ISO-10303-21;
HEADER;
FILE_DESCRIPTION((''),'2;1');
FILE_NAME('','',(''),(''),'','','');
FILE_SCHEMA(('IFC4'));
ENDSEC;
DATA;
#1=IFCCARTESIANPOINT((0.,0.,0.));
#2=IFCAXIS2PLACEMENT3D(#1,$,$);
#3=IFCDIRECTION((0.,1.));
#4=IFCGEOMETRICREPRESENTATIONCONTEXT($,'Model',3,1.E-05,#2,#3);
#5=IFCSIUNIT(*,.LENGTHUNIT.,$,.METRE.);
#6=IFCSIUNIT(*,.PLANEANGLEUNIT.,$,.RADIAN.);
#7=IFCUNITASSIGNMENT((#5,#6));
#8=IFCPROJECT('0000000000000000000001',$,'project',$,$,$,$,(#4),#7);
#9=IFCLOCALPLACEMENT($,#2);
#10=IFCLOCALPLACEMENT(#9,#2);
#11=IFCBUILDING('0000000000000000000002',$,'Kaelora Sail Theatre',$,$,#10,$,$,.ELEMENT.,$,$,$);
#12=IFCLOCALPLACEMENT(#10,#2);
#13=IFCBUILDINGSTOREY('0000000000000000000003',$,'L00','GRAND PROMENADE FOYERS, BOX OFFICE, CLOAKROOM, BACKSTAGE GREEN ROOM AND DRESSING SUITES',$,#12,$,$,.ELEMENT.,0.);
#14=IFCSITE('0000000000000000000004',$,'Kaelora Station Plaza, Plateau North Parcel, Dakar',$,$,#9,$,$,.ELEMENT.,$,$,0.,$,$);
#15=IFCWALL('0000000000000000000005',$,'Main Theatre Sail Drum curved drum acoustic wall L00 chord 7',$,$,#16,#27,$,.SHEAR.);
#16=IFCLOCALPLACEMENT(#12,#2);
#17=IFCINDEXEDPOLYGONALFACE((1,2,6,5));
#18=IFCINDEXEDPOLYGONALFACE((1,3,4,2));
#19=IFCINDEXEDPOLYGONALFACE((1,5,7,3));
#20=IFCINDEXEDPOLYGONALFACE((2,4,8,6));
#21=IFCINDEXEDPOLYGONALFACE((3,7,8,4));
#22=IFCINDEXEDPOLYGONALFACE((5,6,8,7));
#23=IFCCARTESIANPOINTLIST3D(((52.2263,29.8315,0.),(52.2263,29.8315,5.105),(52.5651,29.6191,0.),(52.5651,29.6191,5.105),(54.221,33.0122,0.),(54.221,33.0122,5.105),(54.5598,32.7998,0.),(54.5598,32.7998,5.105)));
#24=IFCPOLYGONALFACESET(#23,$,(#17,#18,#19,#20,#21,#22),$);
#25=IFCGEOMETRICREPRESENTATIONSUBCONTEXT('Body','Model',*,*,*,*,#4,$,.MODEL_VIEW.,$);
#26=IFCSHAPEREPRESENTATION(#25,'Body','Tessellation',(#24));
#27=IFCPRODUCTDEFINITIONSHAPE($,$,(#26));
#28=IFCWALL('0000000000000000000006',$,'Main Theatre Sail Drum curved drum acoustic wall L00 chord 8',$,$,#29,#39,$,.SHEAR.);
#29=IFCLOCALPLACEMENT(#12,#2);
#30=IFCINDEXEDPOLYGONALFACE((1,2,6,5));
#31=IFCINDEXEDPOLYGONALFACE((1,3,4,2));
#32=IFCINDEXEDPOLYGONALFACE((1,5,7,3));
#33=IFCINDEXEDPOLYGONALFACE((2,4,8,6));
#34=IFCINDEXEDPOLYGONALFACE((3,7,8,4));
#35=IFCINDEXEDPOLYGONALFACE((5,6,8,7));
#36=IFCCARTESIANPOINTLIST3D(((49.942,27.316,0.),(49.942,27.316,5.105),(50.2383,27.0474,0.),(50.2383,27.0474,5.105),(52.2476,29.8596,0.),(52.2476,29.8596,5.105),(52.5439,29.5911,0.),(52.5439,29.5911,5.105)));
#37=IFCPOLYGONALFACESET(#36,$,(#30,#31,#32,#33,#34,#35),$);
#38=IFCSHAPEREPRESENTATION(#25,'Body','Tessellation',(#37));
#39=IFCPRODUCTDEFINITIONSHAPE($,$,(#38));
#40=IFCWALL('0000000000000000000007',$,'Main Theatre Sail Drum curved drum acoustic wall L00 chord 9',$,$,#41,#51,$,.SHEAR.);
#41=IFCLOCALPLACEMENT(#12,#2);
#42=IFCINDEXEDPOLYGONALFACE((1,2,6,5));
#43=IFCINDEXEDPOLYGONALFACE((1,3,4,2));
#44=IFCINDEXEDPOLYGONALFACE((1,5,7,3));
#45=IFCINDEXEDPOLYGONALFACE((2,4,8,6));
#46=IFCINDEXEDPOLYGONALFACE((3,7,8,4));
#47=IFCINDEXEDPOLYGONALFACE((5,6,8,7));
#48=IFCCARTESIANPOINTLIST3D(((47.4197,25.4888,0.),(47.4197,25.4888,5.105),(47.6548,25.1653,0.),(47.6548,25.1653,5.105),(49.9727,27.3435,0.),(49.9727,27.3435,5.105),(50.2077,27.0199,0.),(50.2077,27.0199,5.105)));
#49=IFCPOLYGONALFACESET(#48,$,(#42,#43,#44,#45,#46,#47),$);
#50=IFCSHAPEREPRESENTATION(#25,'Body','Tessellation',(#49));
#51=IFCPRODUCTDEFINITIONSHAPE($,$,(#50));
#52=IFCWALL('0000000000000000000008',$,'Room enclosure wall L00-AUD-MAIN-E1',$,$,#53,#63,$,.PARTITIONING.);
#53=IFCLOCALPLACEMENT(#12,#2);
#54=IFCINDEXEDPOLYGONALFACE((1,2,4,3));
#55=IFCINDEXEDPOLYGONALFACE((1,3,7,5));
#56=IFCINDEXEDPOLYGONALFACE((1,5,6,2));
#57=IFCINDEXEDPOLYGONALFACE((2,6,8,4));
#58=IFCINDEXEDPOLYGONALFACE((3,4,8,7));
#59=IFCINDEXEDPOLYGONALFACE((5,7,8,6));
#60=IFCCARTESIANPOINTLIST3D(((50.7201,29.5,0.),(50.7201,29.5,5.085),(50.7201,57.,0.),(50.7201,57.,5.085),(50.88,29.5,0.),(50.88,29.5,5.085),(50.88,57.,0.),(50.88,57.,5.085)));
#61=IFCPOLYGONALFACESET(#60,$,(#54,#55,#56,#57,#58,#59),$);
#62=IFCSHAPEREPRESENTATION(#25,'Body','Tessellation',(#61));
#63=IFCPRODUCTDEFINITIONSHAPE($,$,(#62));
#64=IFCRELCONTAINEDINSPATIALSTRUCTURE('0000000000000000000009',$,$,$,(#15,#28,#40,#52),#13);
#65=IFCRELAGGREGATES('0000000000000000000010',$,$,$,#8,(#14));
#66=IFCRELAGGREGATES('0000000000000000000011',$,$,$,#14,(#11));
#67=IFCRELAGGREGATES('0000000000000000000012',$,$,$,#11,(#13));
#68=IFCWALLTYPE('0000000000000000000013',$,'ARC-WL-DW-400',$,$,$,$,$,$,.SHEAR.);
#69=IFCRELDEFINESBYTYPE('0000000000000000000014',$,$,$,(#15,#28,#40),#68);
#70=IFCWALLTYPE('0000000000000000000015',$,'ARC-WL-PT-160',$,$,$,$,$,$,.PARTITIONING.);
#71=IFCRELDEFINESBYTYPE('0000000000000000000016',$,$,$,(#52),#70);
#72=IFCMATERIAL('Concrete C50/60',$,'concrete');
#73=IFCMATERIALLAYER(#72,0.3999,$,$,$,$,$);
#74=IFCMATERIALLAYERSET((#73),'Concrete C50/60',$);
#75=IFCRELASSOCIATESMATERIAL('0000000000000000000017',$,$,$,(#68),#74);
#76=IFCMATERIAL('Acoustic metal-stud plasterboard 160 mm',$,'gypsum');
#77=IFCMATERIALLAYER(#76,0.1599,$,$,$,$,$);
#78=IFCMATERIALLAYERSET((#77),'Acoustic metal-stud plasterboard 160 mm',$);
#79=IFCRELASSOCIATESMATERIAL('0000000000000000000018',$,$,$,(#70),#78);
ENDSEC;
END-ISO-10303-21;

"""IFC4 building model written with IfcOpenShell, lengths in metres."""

from ifc_helpers import new_model, si_unit, direction, frame, frame_2d, origin, place, context, subcontext, project, spatial, rectangle, extrude, material, layer, layer_set, type_object, element, save


model = new_model("IFC4")

# Units and contexts
model_context = context("Model", 3, precision=1e-05, world=origin(), true_north=direction((0.0, 1.0)))
body_context = subcontext(model_context, "Body", "Model", "MODEL_VIEW")
ifc_project = project(units=[si_unit("LENGTHUNIT", "METRE"), si_unit("PLANEANGLEUNIT", "RADIAN")], contexts=[model_context])

# Site, building, storey
site_placement = place(None, origin())
site = spatial("IfcSite", under=ifc_project, at=site_placement, Name="Kaelora Station Plaza, Plateau North Parcel, Dakar", CompositionType="ELEMENT", RefElevation=0.0)
building_placement = place(site_placement, origin())
building = spatial("IfcBuilding", under=site, at=building_placement, Name="Kaelora Sail Theatre", CompositionType="ELEMENT")
storey_placement = place(building_placement, origin())
storey = spatial("IfcBuildingStorey", under=building, at=storey_placement, Name="L00", Description="GRAND PROMENADE FOYERS, BOX OFFICE, CLOAKROOM, BACKSTAGE GREEN ROOM AND DRESSING SUITES", CompositionType="ELEMENT", Elevation=0.0)

# Walls
ifc_material_1 = material(Name="Concrete C50/60", Category="concrete")
ifc_layer_1 = layer(ifc_material_1, 0.3999)
ifc_layer_set_1 = layer_set([ifc_layer_1], Name="Concrete C50/60")
wall_type_1 = type_object("IfcWallType", Name="ARC-WL-DW-400", PredefinedType="SHEAR", material=ifc_layer_set_1)
wall_1_placement = place(storey_placement, frame((54.3904, 32.906, 0.0), z_axis=(0.0, 0.0, 1.0), x_axis=(-0.531284, -0.847194, 0.0)))
element("IfcWall", 1, at=wall_1_placement, inside=storey, type_object=wall_type_1, Name="Main Theatre Sail Drum curved drum acoustic wall L00 chord 7", PredefinedType="SHEAR", context=body_context, shape_type="SweptSolid", body=[
    extrude(rectangle(XDim=3.7544, YDim=0.3999, at=frame_2d((1.8772, 0.0))), origin(), (0.0, 0.0, 1.0), 5.105),
])
wall_2_placement = place(storey_placement, frame((52.3958, 29.7253, 0.0), z_axis=(0.0, 0.0, 1.0), x_axis=(-0.671589, -0.740924, 0.0)))
element("IfcWall", 2, at=wall_2_placement, inside=storey, type_object=wall_type_1, Name="Main Theatre Sail Drum curved drum acoustic wall L00 chord 8", PredefinedType="SHEAR", context=body_context, shape_type="SweptSolid", body=[
    extrude(rectangle(XDim=3.4331, YDim=0.3999, at=frame_2d((1.7166, 0.0))), origin(), (0.0, 0.0, 1.0), 5.105),
])
wall_3_placement = place(storey_placement, frame((50.0901, 27.1816, 0.0), z_axis=(0.0, 0.0, 1.0), x_axis=(-0.809034, -0.587762, 0.0)))
element("IfcWall", 3, at=wall_3_placement, inside=storey, type_object=wall_type_1, Name="Main Theatre Sail Drum curved drum acoustic wall L00 chord 9", PredefinedType="SHEAR", context=body_context, shape_type="SweptSolid", body=[
    extrude(rectangle(XDim=3.1555, YDim=0.3999, at=frame_2d((1.5776, 0.0))), origin(), (0.0, 0.0, 1.0), 5.105),
])
ifc_material_2 = material(Name="Acoustic metal-stud plasterboard 160 mm", Category="gypsum")
ifc_layer_2 = layer(ifc_material_2, 0.1599)
ifc_layer_set_2 = layer_set([ifc_layer_2], Name="Acoustic metal-stud plasterboard 160 mm")
wall_type_2 = type_object("IfcWallType", Name="ARC-WL-PT-160", PredefinedType="PARTITIONING", material=ifc_layer_set_2)
wall_4_placement = place(storey_placement, frame((50.8, 29.5, 0.0), z_axis=(0.0, 0.0, 1.0), x_axis=(0.0, 1.0, 0.0)))
element("IfcWall", 4, at=wall_4_placement, inside=storey, type_object=wall_type_2, Name="Room enclosure wall L00-AUD-MAIN-E1", PredefinedType="PARTITIONING", context=body_context, shape_type="SweptSolid", body=[
    extrude(rectangle(XDim=27.5, YDim=0.1599, at=frame_2d((13.75, 0.0))), origin(), (0.0, 0.0, 1.0), 5.085),
])

save(model, "model.ifc")
